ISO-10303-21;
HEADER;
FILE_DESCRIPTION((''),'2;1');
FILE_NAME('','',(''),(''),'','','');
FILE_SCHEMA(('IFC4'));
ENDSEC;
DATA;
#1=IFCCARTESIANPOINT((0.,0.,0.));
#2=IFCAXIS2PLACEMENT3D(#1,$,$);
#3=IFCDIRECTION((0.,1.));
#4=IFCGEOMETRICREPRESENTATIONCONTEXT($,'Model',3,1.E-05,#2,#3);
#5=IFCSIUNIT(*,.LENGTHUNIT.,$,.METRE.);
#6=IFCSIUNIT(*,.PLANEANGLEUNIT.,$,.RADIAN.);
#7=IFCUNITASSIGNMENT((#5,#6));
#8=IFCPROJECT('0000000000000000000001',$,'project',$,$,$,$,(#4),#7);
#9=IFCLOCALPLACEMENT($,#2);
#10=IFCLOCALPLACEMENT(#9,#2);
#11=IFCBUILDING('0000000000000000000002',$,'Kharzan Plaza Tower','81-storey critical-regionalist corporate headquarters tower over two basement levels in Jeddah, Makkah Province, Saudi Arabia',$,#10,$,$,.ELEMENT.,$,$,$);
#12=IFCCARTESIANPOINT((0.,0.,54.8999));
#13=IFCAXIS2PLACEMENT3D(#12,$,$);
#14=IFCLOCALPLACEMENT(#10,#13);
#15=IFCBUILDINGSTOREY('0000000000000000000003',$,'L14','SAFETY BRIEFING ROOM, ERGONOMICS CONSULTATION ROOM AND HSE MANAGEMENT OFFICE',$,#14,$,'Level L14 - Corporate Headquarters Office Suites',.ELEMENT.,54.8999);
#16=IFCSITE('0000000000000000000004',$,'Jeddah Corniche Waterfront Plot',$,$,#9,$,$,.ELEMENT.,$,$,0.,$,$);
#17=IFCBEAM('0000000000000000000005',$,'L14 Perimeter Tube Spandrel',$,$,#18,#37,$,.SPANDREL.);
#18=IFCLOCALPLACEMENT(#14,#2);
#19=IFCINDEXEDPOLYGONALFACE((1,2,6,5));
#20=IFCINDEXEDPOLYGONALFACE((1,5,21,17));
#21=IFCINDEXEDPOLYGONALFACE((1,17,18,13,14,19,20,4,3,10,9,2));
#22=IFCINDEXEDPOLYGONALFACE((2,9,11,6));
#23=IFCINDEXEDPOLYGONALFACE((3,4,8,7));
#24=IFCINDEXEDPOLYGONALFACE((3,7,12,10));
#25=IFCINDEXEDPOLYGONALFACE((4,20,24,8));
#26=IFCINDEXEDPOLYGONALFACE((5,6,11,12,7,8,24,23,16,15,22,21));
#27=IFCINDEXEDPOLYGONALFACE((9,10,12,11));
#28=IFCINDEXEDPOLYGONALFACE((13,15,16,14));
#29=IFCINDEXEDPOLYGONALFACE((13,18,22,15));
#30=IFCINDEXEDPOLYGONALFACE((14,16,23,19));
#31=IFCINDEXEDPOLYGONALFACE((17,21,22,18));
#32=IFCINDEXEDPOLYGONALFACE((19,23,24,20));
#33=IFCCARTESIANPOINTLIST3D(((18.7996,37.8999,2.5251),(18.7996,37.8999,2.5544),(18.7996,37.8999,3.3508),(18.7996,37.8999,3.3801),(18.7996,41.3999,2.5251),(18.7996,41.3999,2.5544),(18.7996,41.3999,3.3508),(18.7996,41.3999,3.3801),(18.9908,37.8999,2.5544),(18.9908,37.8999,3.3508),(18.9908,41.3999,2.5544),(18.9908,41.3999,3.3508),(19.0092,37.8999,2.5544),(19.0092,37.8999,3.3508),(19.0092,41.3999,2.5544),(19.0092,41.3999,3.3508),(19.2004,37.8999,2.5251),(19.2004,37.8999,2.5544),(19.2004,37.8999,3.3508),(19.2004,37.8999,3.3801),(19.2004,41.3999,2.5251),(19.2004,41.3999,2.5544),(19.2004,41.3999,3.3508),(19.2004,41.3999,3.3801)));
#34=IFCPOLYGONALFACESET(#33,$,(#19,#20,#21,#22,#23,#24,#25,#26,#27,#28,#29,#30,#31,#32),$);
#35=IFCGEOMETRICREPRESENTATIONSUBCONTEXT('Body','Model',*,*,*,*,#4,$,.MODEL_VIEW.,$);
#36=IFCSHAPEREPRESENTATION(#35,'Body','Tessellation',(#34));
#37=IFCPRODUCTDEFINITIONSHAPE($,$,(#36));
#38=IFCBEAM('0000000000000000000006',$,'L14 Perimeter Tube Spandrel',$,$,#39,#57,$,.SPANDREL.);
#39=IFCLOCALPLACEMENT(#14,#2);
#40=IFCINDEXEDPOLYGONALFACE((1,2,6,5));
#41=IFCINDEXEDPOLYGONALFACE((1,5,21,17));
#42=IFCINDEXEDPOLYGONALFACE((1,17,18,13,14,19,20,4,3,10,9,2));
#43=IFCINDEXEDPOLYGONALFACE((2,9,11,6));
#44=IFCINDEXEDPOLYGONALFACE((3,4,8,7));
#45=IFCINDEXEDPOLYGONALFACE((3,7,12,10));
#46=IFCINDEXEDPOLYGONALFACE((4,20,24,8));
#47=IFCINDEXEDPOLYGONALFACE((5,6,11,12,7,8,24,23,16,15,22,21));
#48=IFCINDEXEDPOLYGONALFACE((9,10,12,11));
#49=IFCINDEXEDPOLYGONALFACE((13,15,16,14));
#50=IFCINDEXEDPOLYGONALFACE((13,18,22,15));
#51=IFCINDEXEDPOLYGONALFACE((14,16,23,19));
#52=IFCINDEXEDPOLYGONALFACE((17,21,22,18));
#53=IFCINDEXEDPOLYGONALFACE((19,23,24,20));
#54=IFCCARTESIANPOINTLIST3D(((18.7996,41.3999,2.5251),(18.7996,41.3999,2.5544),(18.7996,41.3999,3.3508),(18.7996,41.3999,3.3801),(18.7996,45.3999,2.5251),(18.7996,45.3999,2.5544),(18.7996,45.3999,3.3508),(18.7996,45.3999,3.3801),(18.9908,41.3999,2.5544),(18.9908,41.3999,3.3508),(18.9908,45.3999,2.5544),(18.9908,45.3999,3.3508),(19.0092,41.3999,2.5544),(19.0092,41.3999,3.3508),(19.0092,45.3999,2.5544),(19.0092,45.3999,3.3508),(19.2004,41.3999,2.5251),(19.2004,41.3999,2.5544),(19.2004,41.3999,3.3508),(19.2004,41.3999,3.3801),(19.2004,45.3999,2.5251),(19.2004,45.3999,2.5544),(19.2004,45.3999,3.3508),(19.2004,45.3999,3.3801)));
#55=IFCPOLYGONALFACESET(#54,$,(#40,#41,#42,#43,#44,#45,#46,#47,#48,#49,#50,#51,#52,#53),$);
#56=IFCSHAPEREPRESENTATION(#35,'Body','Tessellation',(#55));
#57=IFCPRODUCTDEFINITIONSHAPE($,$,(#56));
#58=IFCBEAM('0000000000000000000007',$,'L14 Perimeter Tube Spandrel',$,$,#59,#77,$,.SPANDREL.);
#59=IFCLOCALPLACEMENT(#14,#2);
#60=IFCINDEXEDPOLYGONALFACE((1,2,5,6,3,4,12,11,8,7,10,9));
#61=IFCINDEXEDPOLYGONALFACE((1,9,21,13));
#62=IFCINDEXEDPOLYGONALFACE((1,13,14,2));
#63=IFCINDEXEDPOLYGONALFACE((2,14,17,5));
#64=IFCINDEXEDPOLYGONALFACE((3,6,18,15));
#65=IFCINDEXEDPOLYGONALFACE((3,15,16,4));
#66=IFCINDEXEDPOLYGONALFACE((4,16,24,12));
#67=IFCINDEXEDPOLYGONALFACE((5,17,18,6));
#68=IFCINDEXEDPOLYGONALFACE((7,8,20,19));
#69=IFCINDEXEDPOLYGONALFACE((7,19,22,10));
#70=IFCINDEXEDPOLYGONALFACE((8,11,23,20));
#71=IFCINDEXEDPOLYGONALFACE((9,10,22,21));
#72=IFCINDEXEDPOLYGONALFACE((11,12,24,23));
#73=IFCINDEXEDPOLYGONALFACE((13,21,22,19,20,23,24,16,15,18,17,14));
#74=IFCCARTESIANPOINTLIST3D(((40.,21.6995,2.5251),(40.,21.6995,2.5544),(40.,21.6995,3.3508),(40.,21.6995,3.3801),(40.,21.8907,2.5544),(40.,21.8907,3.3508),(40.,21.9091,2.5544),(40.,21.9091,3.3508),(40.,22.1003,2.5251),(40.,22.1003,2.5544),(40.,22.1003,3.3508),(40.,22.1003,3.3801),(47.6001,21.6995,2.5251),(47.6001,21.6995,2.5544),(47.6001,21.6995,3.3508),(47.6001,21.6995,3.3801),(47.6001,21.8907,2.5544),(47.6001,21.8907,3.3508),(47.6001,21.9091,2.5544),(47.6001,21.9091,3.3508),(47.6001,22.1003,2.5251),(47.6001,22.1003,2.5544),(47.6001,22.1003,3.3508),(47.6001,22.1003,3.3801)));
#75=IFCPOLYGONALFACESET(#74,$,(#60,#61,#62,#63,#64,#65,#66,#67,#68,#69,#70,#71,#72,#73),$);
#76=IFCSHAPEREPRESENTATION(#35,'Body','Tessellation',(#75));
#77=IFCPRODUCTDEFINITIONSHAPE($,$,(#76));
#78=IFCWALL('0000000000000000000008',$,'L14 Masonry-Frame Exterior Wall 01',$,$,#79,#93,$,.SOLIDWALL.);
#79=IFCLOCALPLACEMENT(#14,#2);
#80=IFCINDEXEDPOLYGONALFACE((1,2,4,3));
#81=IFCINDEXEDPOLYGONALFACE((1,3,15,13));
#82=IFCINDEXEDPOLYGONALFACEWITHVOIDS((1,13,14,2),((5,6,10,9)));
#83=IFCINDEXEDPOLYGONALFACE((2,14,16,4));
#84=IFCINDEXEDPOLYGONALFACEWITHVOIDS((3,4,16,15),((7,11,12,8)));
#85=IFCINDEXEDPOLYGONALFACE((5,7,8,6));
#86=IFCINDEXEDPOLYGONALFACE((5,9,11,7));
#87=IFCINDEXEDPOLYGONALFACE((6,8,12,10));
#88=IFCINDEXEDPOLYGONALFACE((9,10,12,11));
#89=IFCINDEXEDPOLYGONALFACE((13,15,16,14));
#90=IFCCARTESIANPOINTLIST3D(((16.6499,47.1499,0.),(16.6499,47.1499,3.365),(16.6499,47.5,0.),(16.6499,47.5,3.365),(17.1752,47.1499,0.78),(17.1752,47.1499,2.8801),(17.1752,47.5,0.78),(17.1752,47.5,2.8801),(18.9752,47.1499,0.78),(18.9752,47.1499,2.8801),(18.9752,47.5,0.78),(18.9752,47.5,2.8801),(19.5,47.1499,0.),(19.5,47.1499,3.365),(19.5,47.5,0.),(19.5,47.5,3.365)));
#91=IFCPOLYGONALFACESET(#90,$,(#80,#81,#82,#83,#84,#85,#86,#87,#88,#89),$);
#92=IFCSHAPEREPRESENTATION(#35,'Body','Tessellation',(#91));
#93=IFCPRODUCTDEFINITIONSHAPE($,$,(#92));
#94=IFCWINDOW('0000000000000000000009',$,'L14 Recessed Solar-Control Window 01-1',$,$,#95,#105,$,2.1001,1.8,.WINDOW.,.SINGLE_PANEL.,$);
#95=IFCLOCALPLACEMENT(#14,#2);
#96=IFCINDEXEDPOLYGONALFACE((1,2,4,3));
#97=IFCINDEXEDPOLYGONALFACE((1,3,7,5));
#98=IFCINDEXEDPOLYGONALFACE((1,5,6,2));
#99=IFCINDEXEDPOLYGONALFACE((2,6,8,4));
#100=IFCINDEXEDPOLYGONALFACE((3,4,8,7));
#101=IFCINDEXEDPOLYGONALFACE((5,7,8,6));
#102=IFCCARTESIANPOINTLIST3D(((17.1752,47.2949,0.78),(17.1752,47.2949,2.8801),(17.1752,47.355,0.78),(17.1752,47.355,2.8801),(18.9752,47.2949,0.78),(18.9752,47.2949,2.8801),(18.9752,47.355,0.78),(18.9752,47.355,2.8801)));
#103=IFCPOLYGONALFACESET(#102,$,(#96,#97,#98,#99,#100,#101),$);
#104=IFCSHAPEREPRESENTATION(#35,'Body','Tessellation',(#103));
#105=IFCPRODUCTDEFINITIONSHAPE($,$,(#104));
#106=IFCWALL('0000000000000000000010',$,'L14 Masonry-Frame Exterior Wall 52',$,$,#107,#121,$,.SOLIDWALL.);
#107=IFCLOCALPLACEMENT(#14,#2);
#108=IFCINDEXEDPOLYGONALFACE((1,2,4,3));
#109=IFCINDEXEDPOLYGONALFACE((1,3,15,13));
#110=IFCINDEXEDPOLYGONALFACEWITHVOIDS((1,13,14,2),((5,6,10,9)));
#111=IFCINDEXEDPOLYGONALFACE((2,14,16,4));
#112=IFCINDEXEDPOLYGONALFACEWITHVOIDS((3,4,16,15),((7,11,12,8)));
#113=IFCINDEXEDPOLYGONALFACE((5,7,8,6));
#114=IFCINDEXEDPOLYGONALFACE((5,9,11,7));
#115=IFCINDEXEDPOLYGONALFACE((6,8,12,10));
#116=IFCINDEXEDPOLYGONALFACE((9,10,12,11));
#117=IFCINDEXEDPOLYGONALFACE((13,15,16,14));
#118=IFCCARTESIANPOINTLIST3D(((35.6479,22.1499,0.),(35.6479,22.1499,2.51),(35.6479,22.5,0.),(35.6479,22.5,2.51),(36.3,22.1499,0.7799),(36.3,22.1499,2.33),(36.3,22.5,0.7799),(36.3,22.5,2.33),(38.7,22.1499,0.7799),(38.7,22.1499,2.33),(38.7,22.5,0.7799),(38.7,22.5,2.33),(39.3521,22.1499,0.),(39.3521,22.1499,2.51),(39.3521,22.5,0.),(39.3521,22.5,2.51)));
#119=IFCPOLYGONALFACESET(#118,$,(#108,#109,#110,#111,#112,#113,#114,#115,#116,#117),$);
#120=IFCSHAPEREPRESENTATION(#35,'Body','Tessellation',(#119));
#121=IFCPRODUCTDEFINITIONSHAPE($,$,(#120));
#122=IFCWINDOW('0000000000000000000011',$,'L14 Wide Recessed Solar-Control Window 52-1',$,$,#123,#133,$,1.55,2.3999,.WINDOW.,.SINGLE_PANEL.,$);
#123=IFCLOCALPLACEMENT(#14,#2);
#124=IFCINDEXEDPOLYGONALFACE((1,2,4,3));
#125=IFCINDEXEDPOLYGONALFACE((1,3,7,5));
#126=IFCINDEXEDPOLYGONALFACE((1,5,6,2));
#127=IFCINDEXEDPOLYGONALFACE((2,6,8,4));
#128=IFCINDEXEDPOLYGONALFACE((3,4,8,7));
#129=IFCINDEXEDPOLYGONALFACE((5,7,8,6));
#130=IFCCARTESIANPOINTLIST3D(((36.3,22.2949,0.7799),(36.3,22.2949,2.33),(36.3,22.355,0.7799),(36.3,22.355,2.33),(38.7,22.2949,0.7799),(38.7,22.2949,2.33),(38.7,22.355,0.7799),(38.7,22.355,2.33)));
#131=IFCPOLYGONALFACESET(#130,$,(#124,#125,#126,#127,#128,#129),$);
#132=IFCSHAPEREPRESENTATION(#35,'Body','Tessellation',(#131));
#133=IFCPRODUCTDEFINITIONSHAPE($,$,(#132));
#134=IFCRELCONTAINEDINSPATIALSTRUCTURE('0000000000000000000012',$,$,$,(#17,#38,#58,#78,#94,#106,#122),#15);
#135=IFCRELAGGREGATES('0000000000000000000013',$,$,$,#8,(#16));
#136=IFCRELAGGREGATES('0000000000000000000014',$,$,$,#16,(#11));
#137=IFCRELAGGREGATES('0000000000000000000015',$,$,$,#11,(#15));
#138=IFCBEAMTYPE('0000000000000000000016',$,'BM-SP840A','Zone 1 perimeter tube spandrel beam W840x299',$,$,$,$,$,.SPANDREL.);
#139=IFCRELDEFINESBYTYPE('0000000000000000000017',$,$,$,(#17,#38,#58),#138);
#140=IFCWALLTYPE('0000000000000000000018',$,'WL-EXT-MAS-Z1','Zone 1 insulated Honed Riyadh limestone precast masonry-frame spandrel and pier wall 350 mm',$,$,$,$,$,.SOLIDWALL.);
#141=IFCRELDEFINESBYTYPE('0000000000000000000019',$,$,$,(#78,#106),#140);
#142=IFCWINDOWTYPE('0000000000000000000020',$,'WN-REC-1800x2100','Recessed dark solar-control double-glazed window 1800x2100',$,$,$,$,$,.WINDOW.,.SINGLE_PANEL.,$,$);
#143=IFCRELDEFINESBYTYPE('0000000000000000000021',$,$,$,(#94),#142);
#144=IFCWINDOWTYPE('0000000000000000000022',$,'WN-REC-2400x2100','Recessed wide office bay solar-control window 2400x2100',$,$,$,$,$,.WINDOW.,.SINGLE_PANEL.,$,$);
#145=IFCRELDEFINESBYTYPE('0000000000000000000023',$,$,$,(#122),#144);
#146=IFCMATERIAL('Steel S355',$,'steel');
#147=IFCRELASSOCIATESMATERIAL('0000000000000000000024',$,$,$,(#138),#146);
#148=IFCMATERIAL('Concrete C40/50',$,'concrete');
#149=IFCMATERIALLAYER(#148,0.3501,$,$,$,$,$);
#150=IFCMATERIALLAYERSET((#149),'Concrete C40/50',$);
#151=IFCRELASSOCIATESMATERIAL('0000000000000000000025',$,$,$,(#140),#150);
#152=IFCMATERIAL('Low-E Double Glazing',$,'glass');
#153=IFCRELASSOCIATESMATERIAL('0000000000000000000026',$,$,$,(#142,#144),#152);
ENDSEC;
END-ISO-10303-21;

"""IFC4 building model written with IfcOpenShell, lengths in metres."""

from ifc_helpers import new_model, si_unit, direction, frame, frame_2d, origin, origin_2d, place, context, subcontext, project, spatial, rectangle, i_section, extrude, source, transform, mapped, material, layer, layer_set, material_profile, profile_set, type_object, element, fill, save


model = new_model("IFC4")

# Units and contexts
model_context = context("Model", 3, precision=1e-05, world=origin(), true_north=direction((0.0, 1.0)))
body_context = subcontext(model_context, "Body", "Model", "MODEL_VIEW")
ifc_project = project(units=[si_unit("LENGTHUNIT", "METRE"), si_unit("PLANEANGLEUNIT", "RADIAN")], contexts=[model_context])

# Site, building, storey
site_placement = place(None, origin())
site = spatial("IfcSite", under=ifc_project, at=site_placement, Name="Jeddah Corniche Waterfront Plot", CompositionType="ELEMENT", RefElevation=0.0)
building_placement = place(site_placement, origin())
building = spatial("IfcBuilding", under=site, at=building_placement, Name="Kharzan Plaza Tower", Description="81-storey critical-regionalist corporate headquarters tower over two basement levels in Jeddah, Makkah Province, Saudi Arabia", CompositionType="ELEMENT")
storey_placement = place(building_placement, frame((0.0, 0.0, 54.8999)))
storey = spatial("IfcBuildingStorey", under=building, at=storey_placement, Name="L14", Description="SAFETY BRIEFING ROOM, ERGONOMICS CONSULTATION ROOM AND HSE MANAGEMENT OFFICE", LongName="Level L14 - Corporate Headquarters Office Suites", CompositionType="ELEMENT", Elevation=54.8999)

# Beams
ifc_material_1 = material(Name="Steel S355", Category="steel")
ifc_material_profile_1 = material_profile(ifc_material_1, i_section(OverallWidth=0.4009, OverallDepth=0.855, WebThickness=0.0183, FlangeThickness=0.0293, at=origin_2d()), Name="W840x299")
ifc_profile_set_1 = profile_set([ifc_material_profile_1], Name="Steel S355")
beam_type_1 = type_object("IfcBeamType", Name="BM-SP840A", Description="Zone 1 perimeter tube spandrel beam W840x299", PredefinedType="SPANDREL", material=ifc_profile_set_1)
shared_shape_1 = source(origin(), body_context, "Body", "SweptSolid", [
    extrude(i_section(OverallWidth=0.4009, OverallDepth=0.855, WebThickness=0.0183, FlangeThickness=0.0293, at=origin_2d()), origin(), (0.0, 0.0, 1.0), 3.5),
])
beam_1_placement = place(storey_placement, frame((19.0, 37.8999, 2.9526), z_axis=(0.0, 1.0, 0.0), x_axis=(-1.0, 0.0, 0.0)))
element("IfcBeam", 1, at=beam_1_placement, inside=storey, type_object=beam_type_1, Name="L14 Perimeter Tube Spandrel", PredefinedType="SPANDREL", context=body_context, shape_type="MappedRepresentation", body=[
    mapped(shared_shape_1, transform((0.0, 0.0, 0.0), x_axis=(1.0, 0.0, 0.0), y_axis=(0.0, 1.0, 0.0), z_axis=(0.0, 0.0, 1.0))),
])
shared_shape_2 = source(origin(), body_context, "Body", "SweptSolid", [
    extrude(i_section(OverallWidth=0.4009, OverallDepth=0.855, WebThickness=0.0183, FlangeThickness=0.0293, at=origin_2d()), origin(), (0.0, 0.0, 1.0), 4.0),
])
beam_2_placement = place(storey_placement, frame((19.0, 41.3999, 2.9526), z_axis=(0.0, 1.0, 0.0), x_axis=(-1.0, 0.0, 0.0)))
element("IfcBeam", 2, at=beam_2_placement, inside=storey, type_object=beam_type_1, Name="L14 Perimeter Tube Spandrel", PredefinedType="SPANDREL", context=body_context, shape_type="MappedRepresentation", body=[
    mapped(shared_shape_2, transform((0.0, 0.0, 0.0), x_axis=(1.0, 0.0, 0.0), y_axis=(0.0, 1.0, 0.0), z_axis=(0.0, 0.0, 1.0))),
])
shared_shape_3 = source(origin(), body_context, "Body", "SweptSolid", [
    extrude(i_section(OverallWidth=0.4009, OverallDepth=0.855, WebThickness=0.0183, FlangeThickness=0.0293, at=origin_2d()), origin(), (0.0, 0.0, 1.0), 7.6001),
])
beam_3_placement = place(storey_placement, frame((40.0, 21.8999, 2.9526), z_axis=(1.0, 0.0, 0.0), x_axis=(0.0, 1.0, 0.0)))
element("IfcBeam", 3, at=beam_3_placement, inside=storey, type_object=beam_type_1, Name="L14 Perimeter Tube Spandrel", PredefinedType="SPANDREL", context=body_context, shape_type="MappedRepresentation", body=[
    mapped(shared_shape_3, transform((0.0, 0.0, 0.0), x_axis=(1.0, 0.0, 0.0), y_axis=(0.0, 1.0, 0.0), z_axis=(0.0, 0.0, 1.0))),
])

# Walls, openings, windows
ifc_material_2 = material(Name="Concrete C40/50", Category="concrete")
ifc_layer_1 = layer(ifc_material_2, 0.3501)
ifc_layer_set_1 = layer_set([ifc_layer_1], Name="Concrete C40/50")
wall_type_1 = type_object("IfcWallType", Name="WL-EXT-MAS-Z1", Description="Zone 1 insulated Honed Riyadh limestone precast masonry-frame spandrel and pier wall 350 mm", PredefinedType="SOLIDWALL", material=ifc_layer_set_1)
wall_1_placement = place(storey_placement, frame((19.5, 47.325, 0.0), z_axis=(0.0, 0.0, 1.0), x_axis=(-1.0, 0.0, 0.0)))
wall_1 = element("IfcWall", 4, at=wall_1_placement, inside=storey, type_object=wall_type_1, Name="L14 Masonry-Frame Exterior Wall 01", PredefinedType="SOLIDWALL", context=body_context, shape_type="SweptSolid", body=[
    extrude(rectangle(XDim=2.8501, YDim=0.3501, at=frame_2d((1.425, 0.0))), origin(), (0.0, 0.0, 1.0), 3.365),
])
opening_1_placement = place(wall_1_placement, frame((0.5249, 0.0, 0.78)))
opening_1 = element("IfcOpeningElement", 5, at=opening_1_placement, cuts=wall_1, PredefinedType="OPENING", context=body_context, shape_type="SweptSolid", body=[
    extrude(rectangle(XDim=1.8, YDim=2.1001, at=frame_2d((0.8999, 1.05))), frame((0.0, 0.1851, 0.0), z_axis=(0.0, -1.0, 0.0), x_axis=(1.0, 0.0, 0.0)), (0.0, 0.0, 1.0), 0.3701),
])
ifc_material_3 = material(Name="Low-E Double Glazing", Category="glass")
window_type_1 = type_object("IfcWindowType", Name="WN-REC-1800x2100", Description="Recessed dark solar-control double-glazed window 1800x2100", PartitioningType="SINGLE_PANEL", PredefinedType="WINDOW", material=ifc_material_3)
shared_shape_4 = source(origin(), body_context, "Body", "SweptSolid", [
    extrude(rectangle(XDim=1.8, YDim=2.1001, at=frame_2d((0.8999, 1.05))), frame((0.0, 0.03, 0.0), z_axis=(0.0, -1.0, 0.0), x_axis=(1.0, 0.0, 0.0)), (0.0, 0.0, 1.0), 0.0601),
])
window_1_placement = place(opening_1_placement, origin())
window_1 = element("IfcWindow", 6, at=window_1_placement, inside=storey, type_object=window_type_1, Name="L14 Recessed Solar-Control Window 01-1", OverallHeight=2.1001, OverallWidth=1.8, PartitioningType="SINGLE_PANEL", PredefinedType="WINDOW", context=body_context, shape_type="MappedRepresentation", body=[
    mapped(shared_shape_4, transform((0.0, 0.0, 0.0), x_axis=(1.0, 0.0, 0.0), y_axis=(0.0, 1.0, 0.0), z_axis=(0.0, 0.0, 1.0))),
])
fill(opening_1, window_1)
wall_2_placement = place(storey_placement, frame((39.3521, 22.325, 0.0), z_axis=(0.0, 0.0, 1.0), x_axis=(-1.0, 0.0, 0.0)))
wall_2 = element("IfcWall", 7, at=wall_2_placement, inside=storey, type_object=wall_type_1, Name="L14 Masonry-Frame Exterior Wall 52", PredefinedType="SOLIDWALL", context=body_context, shape_type="SweptSolid", body=[
    extrude(rectangle(XDim=3.7041, YDim=0.3501, at=frame_2d((1.8521, 0.0))), origin(), (0.0, 0.0, 1.0), 2.51),
])
opening_2_placement = place(wall_2_placement, frame((0.6521, 0.0, 0.78)))
opening_2 = element("IfcOpeningElement", 8, at=opening_2_placement, cuts=wall_2, PredefinedType="OPENING", context=body_context, shape_type="SweptSolid", body=[
    extrude(rectangle(XDim=2.3999, YDim=1.55, at=frame_2d((1.2, 0.7749))), frame((0.0, 0.1851, 0.0), z_axis=(0.0, -1.0, 0.0), x_axis=(1.0, 0.0, 0.0)), (0.0, 0.0, 1.0), 0.3701),
])
window_type_2 = type_object("IfcWindowType", Name="WN-REC-2400x2100", Description="Recessed wide office bay solar-control window 2400x2100", PartitioningType="SINGLE_PANEL", PredefinedType="WINDOW", material=ifc_material_3)
shared_shape_5 = source(origin(), body_context, "Body", "SweptSolid", [
    extrude(rectangle(XDim=2.3999, YDim=1.55, at=frame_2d((1.2, 0.7749))), frame((0.0, 0.03, 0.0), z_axis=(0.0, -1.0, 0.0), x_axis=(1.0, 0.0, 0.0)), (0.0, 0.0, 1.0), 0.0601),
])
window_2_placement = place(opening_2_placement, origin())
window_2 = element("IfcWindow", 9, at=window_2_placement, inside=storey, type_object=window_type_2, Name="L14 Wide Recessed Solar-Control Window 52-1", OverallHeight=1.55, OverallWidth=2.3999, PartitioningType="SINGLE_PANEL", PredefinedType="WINDOW", context=body_context, shape_type="MappedRepresentation", body=[
    mapped(shared_shape_5, transform((0.0, 0.0, 0.0), x_axis=(1.0, 0.0, 0.0), y_axis=(0.0, 1.0, 0.0), z_axis=(0.0, 0.0, 1.0))),
])
fill(opening_2, window_2)

save(model, "model.ifc")
